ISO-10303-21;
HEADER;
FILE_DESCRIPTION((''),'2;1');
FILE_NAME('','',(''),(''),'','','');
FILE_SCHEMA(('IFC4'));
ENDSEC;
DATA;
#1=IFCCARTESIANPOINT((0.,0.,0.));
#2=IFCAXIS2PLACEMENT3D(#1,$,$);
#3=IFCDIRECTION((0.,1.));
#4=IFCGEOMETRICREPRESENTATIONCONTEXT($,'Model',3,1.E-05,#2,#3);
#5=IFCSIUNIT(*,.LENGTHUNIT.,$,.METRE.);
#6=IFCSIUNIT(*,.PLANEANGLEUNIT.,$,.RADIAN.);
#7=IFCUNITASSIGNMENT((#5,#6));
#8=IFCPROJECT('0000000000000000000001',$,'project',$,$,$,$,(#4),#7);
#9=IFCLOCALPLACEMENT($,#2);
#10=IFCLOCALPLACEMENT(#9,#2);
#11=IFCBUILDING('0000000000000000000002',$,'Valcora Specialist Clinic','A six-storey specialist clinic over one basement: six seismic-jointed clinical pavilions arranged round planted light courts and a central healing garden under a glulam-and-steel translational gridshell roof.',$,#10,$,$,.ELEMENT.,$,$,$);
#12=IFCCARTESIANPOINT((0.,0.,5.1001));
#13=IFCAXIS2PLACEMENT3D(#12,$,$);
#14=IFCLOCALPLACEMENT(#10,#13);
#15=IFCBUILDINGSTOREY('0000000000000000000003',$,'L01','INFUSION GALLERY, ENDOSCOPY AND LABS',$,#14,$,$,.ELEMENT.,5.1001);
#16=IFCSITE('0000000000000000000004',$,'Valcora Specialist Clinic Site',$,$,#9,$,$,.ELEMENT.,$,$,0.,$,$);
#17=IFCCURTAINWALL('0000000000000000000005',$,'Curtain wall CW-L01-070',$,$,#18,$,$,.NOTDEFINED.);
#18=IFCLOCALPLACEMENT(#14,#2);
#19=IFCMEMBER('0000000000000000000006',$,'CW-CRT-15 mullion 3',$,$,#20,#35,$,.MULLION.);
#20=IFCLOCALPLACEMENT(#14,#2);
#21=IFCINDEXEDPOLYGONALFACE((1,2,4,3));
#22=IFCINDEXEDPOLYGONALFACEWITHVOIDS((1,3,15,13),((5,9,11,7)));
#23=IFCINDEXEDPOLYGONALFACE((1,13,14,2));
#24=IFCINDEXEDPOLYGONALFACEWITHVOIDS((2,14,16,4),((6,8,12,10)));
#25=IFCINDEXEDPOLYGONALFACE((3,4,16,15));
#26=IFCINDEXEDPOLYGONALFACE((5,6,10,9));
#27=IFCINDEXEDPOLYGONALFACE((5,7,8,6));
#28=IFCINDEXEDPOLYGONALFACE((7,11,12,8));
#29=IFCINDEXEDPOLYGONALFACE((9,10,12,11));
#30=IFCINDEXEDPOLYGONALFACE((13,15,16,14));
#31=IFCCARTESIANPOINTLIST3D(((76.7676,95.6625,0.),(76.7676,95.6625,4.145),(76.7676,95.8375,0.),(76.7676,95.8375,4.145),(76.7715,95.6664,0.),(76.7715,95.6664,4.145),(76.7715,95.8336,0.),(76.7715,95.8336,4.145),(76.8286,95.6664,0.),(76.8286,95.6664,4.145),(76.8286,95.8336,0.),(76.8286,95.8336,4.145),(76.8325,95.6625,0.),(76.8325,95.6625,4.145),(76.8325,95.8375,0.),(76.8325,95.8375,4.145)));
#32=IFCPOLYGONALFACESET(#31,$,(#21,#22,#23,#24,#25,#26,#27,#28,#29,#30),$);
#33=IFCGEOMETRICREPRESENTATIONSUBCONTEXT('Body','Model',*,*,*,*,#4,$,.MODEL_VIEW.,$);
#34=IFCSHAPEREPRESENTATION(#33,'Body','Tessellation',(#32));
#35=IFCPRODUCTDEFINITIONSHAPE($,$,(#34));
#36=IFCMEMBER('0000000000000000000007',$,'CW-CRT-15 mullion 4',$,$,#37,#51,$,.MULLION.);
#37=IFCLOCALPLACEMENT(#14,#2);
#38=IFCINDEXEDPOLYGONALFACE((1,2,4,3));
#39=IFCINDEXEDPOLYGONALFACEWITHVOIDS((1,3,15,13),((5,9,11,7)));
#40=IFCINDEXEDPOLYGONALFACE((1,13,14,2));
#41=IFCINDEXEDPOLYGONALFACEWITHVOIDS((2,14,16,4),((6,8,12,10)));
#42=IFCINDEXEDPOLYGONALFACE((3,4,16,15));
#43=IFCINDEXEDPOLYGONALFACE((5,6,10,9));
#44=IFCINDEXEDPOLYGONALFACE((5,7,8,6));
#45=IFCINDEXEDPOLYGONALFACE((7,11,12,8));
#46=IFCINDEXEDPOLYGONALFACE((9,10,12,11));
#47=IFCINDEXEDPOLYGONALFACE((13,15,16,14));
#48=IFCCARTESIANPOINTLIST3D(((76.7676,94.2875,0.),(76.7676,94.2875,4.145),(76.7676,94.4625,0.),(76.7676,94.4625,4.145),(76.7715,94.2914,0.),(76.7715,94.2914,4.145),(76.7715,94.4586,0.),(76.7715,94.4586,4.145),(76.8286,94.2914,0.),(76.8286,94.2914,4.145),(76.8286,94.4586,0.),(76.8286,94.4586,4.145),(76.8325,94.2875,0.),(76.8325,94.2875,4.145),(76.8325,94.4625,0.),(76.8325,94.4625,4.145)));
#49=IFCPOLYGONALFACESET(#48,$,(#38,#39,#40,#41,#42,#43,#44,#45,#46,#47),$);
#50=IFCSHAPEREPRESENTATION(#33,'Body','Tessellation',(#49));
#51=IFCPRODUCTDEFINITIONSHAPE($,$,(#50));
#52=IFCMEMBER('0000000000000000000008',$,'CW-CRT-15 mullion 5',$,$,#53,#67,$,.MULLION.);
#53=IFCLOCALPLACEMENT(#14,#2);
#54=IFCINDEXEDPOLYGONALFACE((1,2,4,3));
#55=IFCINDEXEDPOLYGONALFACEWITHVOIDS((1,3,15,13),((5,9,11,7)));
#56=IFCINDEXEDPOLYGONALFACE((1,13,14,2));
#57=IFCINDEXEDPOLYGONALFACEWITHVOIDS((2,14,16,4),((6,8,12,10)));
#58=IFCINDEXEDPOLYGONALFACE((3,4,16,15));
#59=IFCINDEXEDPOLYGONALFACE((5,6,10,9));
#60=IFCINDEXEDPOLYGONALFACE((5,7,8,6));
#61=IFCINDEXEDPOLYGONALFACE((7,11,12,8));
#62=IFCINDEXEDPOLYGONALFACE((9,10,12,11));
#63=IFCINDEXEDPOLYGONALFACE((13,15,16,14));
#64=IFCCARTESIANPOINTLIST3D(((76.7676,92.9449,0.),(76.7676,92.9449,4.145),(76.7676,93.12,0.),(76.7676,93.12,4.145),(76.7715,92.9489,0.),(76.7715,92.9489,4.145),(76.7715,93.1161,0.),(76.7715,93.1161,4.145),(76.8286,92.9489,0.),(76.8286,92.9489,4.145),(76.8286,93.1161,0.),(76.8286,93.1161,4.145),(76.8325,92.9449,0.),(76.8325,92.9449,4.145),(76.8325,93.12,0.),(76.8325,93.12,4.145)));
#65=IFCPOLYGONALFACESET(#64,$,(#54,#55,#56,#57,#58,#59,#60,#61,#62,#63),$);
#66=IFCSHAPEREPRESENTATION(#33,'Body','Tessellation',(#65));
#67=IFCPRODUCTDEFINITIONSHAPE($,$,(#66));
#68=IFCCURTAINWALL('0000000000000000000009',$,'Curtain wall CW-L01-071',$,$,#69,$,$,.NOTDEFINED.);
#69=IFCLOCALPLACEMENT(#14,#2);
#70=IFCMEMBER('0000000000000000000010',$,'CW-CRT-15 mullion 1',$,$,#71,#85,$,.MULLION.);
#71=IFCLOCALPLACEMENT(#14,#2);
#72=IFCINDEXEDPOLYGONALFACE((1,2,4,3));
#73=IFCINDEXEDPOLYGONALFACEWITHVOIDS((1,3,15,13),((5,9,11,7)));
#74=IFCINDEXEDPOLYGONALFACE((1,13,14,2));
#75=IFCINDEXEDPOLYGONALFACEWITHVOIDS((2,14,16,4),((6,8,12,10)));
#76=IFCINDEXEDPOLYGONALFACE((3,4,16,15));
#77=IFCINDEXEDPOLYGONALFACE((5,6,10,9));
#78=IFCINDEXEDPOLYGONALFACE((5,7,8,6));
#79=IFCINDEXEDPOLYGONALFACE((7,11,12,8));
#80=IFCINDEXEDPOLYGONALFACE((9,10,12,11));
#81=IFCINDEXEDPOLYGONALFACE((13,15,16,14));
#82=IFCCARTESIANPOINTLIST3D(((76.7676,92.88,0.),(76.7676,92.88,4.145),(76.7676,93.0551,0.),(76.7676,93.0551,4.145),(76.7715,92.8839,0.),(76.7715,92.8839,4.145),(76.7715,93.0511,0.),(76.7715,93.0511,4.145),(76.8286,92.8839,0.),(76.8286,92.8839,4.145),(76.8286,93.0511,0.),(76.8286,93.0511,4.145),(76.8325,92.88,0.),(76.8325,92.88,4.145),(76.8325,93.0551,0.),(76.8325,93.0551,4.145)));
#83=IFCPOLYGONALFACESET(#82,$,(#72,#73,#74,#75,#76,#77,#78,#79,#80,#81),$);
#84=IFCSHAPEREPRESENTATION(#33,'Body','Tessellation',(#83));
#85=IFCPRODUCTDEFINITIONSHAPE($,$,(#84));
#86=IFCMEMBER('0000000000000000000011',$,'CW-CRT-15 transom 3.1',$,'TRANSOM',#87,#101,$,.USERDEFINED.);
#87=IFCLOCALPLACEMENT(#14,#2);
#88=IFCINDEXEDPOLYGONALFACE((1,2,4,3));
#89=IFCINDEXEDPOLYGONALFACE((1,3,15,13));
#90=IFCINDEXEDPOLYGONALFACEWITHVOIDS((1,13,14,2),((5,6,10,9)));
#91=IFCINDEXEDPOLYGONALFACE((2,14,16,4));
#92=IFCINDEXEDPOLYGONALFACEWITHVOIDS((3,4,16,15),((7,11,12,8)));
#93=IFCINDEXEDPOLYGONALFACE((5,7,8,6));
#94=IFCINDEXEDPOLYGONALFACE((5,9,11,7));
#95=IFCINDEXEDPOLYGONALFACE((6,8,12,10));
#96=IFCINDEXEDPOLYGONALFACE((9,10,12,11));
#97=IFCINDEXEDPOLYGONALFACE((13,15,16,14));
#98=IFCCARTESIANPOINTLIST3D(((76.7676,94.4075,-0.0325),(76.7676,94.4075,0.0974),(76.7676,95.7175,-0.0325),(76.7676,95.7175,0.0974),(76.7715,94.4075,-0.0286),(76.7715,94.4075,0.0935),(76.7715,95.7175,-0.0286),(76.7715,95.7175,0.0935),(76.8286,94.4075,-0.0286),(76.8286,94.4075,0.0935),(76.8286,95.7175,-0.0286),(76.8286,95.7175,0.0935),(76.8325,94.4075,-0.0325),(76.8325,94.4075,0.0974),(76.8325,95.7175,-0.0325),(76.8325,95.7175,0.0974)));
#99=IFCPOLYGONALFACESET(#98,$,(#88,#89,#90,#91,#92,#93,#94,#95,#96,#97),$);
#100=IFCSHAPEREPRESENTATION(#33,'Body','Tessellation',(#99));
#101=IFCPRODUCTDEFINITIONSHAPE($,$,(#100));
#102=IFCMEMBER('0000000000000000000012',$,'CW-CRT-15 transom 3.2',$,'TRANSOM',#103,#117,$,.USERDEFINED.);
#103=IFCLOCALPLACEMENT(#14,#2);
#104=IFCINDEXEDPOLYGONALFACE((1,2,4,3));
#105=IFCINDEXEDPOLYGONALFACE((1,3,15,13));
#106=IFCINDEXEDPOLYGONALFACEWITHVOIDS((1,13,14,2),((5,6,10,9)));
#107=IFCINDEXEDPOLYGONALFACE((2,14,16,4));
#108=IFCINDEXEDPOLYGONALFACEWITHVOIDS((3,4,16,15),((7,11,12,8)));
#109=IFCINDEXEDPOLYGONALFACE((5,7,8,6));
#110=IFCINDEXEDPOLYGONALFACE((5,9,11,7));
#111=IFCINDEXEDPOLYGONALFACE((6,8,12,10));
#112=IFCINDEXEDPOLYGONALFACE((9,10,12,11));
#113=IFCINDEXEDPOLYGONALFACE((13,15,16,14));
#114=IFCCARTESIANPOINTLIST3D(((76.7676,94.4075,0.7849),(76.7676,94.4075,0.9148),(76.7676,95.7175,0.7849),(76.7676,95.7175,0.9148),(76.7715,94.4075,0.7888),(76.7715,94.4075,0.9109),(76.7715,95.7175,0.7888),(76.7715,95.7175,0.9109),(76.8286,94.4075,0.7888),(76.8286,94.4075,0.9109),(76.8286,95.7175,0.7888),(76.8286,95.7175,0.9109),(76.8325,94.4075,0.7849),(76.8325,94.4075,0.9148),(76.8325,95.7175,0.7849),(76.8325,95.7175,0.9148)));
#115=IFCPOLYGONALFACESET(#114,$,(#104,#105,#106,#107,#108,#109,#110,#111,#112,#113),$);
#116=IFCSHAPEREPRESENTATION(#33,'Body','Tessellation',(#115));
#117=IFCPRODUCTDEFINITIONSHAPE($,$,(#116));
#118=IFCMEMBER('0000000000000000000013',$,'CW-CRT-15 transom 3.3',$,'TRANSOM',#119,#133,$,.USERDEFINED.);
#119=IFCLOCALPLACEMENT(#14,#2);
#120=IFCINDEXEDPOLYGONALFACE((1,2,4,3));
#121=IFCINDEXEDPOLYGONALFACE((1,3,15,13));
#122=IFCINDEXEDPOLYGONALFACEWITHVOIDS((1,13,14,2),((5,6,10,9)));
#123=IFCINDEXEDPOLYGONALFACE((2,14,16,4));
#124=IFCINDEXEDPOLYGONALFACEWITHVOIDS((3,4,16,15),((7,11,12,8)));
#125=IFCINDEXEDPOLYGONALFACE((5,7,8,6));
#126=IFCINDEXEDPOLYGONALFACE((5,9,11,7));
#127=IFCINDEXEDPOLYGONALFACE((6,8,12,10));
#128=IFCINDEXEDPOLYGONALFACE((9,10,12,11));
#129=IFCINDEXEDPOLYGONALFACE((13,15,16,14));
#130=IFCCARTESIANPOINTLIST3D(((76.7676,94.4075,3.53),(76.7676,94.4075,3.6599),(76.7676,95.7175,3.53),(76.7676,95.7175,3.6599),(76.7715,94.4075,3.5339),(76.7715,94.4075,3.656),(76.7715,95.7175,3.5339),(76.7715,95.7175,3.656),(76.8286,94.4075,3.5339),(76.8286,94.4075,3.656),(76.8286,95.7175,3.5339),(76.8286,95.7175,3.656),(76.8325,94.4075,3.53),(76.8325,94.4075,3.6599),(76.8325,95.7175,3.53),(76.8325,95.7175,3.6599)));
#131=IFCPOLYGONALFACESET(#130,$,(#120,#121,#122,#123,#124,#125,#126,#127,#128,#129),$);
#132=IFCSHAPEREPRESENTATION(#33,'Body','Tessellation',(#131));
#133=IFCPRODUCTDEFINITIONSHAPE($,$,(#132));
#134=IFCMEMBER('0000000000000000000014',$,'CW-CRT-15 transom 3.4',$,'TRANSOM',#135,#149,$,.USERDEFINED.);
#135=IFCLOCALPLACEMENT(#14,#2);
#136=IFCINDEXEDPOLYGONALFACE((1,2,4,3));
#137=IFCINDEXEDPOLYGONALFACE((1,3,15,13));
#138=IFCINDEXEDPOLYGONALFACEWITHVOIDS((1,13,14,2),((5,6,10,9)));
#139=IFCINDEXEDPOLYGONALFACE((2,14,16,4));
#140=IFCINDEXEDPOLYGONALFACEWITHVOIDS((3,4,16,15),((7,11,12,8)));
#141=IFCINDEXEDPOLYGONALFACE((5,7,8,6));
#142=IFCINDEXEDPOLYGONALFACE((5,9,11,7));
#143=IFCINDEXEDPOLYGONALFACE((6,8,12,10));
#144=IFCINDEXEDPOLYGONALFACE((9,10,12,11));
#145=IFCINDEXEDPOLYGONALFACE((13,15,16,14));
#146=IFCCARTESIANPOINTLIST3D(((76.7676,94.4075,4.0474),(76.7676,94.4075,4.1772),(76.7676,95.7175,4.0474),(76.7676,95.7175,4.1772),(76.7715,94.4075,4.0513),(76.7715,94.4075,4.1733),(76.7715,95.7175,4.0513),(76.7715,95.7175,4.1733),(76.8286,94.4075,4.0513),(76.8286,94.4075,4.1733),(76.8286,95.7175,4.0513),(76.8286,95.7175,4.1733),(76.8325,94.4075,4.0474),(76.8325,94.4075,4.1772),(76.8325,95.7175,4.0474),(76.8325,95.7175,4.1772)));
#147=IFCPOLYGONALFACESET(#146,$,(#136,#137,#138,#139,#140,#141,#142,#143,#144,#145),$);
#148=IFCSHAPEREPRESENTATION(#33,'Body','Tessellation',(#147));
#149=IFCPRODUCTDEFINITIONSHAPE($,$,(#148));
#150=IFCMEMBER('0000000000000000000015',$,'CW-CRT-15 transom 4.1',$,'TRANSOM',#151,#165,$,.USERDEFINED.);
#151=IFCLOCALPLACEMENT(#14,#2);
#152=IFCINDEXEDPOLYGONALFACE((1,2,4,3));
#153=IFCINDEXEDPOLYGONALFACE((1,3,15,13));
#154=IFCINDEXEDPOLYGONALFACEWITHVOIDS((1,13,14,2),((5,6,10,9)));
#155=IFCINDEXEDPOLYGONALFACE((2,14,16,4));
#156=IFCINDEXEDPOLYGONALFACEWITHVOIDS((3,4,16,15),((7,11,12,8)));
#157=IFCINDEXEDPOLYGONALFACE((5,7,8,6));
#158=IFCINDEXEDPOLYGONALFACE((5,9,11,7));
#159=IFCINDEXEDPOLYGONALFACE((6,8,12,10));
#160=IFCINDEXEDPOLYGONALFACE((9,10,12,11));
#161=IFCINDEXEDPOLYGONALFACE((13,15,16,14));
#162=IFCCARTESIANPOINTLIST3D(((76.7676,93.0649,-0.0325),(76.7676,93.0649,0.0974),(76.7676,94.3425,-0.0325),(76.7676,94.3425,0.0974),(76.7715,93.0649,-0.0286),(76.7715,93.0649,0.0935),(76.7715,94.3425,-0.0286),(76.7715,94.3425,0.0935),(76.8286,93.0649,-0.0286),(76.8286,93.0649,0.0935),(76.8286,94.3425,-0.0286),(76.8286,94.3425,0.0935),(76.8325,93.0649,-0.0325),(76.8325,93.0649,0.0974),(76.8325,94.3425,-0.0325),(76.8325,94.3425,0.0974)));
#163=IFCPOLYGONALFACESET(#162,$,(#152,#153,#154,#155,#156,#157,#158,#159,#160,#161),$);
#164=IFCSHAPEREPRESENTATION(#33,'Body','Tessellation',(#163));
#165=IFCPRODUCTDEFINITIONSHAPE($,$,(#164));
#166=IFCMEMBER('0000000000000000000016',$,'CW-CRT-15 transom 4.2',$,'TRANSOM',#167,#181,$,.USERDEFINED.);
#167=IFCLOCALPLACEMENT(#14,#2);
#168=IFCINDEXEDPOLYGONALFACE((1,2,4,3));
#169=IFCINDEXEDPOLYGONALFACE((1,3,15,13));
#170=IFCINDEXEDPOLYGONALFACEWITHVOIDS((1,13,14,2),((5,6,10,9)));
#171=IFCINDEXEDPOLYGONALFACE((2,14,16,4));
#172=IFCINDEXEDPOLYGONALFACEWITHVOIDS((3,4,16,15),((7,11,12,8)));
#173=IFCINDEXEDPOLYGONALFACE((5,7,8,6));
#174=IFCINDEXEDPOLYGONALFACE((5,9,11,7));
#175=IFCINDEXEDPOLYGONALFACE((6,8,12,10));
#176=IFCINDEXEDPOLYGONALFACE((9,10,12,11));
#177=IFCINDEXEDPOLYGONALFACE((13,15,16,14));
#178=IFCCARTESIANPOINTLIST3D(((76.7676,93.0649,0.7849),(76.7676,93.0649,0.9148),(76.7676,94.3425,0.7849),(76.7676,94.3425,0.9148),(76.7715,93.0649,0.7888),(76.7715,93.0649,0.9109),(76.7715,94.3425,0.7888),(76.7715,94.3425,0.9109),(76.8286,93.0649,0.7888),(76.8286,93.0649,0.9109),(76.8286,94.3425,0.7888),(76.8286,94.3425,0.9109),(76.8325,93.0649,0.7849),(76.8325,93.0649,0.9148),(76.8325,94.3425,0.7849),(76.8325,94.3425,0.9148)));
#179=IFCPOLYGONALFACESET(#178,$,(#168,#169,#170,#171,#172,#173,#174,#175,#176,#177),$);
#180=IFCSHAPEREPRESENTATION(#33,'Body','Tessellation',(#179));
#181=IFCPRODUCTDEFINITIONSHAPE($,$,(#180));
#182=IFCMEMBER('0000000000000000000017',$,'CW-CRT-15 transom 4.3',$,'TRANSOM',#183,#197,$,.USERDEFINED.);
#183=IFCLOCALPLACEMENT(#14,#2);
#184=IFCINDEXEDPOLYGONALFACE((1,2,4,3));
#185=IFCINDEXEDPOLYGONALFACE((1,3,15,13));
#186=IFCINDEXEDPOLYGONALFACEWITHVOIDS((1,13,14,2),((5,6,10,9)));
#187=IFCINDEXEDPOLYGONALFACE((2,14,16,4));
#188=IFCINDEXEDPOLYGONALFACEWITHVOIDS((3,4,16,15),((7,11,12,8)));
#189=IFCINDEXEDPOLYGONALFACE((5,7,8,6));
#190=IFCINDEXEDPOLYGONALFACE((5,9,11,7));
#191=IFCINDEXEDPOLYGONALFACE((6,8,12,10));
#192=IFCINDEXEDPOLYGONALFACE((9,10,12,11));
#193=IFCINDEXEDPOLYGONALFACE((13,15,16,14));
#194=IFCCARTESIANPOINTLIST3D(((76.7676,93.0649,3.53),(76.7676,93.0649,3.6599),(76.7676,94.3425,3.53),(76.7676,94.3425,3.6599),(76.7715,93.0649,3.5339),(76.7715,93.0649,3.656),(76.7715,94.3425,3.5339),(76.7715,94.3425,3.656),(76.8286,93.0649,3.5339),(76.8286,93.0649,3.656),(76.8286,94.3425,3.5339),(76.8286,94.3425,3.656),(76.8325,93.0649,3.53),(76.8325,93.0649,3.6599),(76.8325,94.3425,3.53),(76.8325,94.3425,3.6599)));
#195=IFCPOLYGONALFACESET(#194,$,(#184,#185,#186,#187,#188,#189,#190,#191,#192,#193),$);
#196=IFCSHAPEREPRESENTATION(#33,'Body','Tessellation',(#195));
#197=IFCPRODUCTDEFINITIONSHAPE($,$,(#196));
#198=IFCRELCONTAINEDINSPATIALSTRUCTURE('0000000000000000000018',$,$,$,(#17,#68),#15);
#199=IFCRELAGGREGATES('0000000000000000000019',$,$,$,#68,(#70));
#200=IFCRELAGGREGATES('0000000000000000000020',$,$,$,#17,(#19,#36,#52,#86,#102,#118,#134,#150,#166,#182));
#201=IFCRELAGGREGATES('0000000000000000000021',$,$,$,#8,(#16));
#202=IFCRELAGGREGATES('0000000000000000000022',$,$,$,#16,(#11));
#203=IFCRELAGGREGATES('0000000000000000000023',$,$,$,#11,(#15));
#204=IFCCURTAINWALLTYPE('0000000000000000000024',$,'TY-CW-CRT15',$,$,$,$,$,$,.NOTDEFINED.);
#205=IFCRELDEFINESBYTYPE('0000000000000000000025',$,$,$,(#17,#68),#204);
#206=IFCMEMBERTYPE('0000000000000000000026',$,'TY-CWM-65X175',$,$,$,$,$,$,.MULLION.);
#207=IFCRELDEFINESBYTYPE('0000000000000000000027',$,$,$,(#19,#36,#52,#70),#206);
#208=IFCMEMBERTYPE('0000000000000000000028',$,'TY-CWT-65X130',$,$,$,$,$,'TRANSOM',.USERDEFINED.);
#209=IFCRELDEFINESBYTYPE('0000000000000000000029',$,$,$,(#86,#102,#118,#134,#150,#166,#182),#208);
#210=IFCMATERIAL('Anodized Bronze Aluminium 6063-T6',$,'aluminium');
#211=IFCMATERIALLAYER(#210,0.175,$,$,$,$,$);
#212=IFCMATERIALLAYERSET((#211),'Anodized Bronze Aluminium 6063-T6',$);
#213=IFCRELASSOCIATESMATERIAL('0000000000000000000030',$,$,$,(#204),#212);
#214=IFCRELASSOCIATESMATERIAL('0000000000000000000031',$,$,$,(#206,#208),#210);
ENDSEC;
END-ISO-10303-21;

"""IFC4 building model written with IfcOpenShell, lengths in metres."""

from ifc_helpers import new_model, si_unit, direction, frame, origin, origin_2d, place, context, subcontext, project, spatial, hollow_rectangle, extrude, material, layer, layer_set, material_profile, profile_set, type_object, element, aggregate, save


model = new_model("IFC4")

# Units and contexts
model_context = context("Model", 3, precision=1e-05, world=origin(), true_north=direction((0.0, 1.0)))
body_context = subcontext(model_context, "Body", "Model", "MODEL_VIEW")
ifc_project = project(units=[si_unit("LENGTHUNIT", "METRE"), si_unit("PLANEANGLEUNIT", "RADIAN")], contexts=[model_context])

# Site, building, storey
site_placement = place(None, origin())
site = spatial("IfcSite", under=ifc_project, at=site_placement, Name="Valcora Specialist Clinic Site", CompositionType="ELEMENT", RefElevation=0.0)
building_placement = place(site_placement, origin())
building = spatial("IfcBuilding", under=site, at=building_placement, Name="Valcora Specialist Clinic", Description="A six-storey specialist clinic over one basement: six seismic-jointed clinical pavilions arranged round planted light courts and a central healing garden under a glulam-and-steel translational gridshell roof.", CompositionType="ELEMENT")
storey_placement = place(building_placement, frame((0.0, 0.0, 5.1001)))
storey = spatial("IfcBuildingStorey", under=building, at=storey_placement, Name="L01", Description="INFUSION GALLERY, ENDOSCOPY AND LABS", CompositionType="ELEMENT", Elevation=5.1001)

# Curtain wall, members
ifc_material_1 = material(Name="Anodized Bronze Aluminium 6063-T6", Category="aluminium")
ifc_layer_1 = layer(ifc_material_1, 0.175)
ifc_layer_set_1 = layer_set([ifc_layer_1], Name="Anodized Bronze Aluminium 6063-T6")
curtain_wall_type = type_object("IfcCurtainWallType", Name="TY-CW-CRT15", PredefinedType="NOTDEFINED", material=ifc_layer_set_1)
curtain_wall_1_placement = place(storey_placement, origin())
curtain_wall_1 = element("IfcCurtainWall", 1, at=curtain_wall_1_placement, inside=storey, type_object=curtain_wall_type, Name="Curtain wall CW-L01-070", PredefinedType="NOTDEFINED")
ifc_material_profile_1 = material_profile(ifc_material_1, hollow_rectangle(XDim=0.0649, YDim=0.175, WallThickness=0.0039, at=origin_2d()), Name="AL-MUL-65X175")
ifc_profile_set_1 = profile_set([ifc_material_profile_1], Name="Anodized Bronze Aluminium 6063-T6")
member_type_1 = type_object("IfcMemberType", Name="TY-CWM-65X175", PredefinedType="MULLION", material=ifc_profile_set_1)
member_1_placement = place(storey_placement, frame((76.8, 95.75, 0.0), z_axis=(0.0, 0.0, 1.0), x_axis=(1.0, 0.0, 0.0)))
member_1 = element("IfcMember", 2, at=member_1_placement, type_object=member_type_1, Name="CW-CRT-15 mullion 3", PredefinedType="MULLION", context=body_context, shape_type="SweptSolid", body=[
    extrude(hollow_rectangle(XDim=0.0649, YDim=0.175, WallThickness=0.0039, at=origin_2d()), origin(), (0.0, 0.0, 1.0), 4.145),
])
member_2_placement = place(storey_placement, frame((76.8, 94.375, 0.0), z_axis=(0.0, 0.0, 1.0), x_axis=(1.0, 0.0, 0.0)))
member_2 = element("IfcMember", 3, at=member_2_placement, type_object=member_type_1, Name="CW-CRT-15 mullion 4", PredefinedType="MULLION", context=body_context, shape_type="SweptSolid", body=[
    extrude(hollow_rectangle(XDim=0.0649, YDim=0.175, WallThickness=0.0039, at=origin_2d()), origin(), (0.0, 0.0, 1.0), 4.145),
])
member_3_placement = place(storey_placement, frame((76.8, 93.0325, 0.0), z_axis=(0.0, 0.0, 1.0), x_axis=(1.0, 0.0, 0.0)))
member_3 = element("IfcMember", 4, at=member_3_placement, type_object=member_type_1, Name="CW-CRT-15 mullion 5", PredefinedType="MULLION", context=body_context, shape_type="SweptSolid", body=[
    extrude(hollow_rectangle(XDim=0.0649, YDim=0.175, WallThickness=0.0039, at=origin_2d()), origin(), (0.0, 0.0, 1.0), 4.145),
])

# Curtain wall, member
curtain_wall_2_placement = place(storey_placement, origin())
curtain_wall_2 = element("IfcCurtainWall", 5, at=curtain_wall_2_placement, inside=storey, type_object=curtain_wall_type, Name="Curtain wall CW-L01-071", PredefinedType="NOTDEFINED")
member_4_placement = place(storey_placement, frame((76.8, 92.9675, 0.0), z_axis=(0.0, 0.0, 1.0), x_axis=(1.0, 0.0, 0.0)))
member_4 = element("IfcMember", 6, at=member_4_placement, type_object=member_type_1, Name="CW-CRT-15 mullion 1", PredefinedType="MULLION", context=body_context, shape_type="SweptSolid", body=[
    extrude(hollow_rectangle(XDim=0.0649, YDim=0.175, WallThickness=0.0039, at=origin_2d()), origin(), (0.0, 0.0, 1.0), 4.145),
])

# Members
ifc_material_profile_2 = material_profile(ifc_material_1, hollow_rectangle(XDim=0.0649, YDim=0.1299, WallThickness=0.0039, at=origin_2d()), Name="AL-TRN-65X130")
ifc_profile_set_2 = profile_set([ifc_material_profile_2], Name="Anodized Bronze Aluminium 6063-T6")
member_type_2 = type_object("IfcMemberType", Name="TY-CWT-65X130", ElementType="TRANSOM", PredefinedType="USERDEFINED", material=ifc_profile_set_2)
member_5_placement = place(storey_placement, frame((76.8, 95.7175, 0.0325), z_axis=(0.0, -1.0, 0.0), x_axis=(1.0, 0.0, 0.0)))
member_5 = element("IfcMember", 7, at=member_5_placement, type_object=member_type_2, Name="CW-CRT-15 transom 3.1", ObjectType="TRANSOM", PredefinedType="USERDEFINED", context=body_context, shape_type="SweptSolid", body=[
    extrude(hollow_rectangle(XDim=0.0649, YDim=0.1299, WallThickness=0.0039, at=origin_2d()), origin(), (0.0, 0.0, 1.0), 1.3101),
])
member_6_placement = place(storey_placement, frame((76.8, 95.7175, 0.8499), z_axis=(0.0, -1.0, 0.0), x_axis=(1.0, 0.0, 0.0)))
member_6 = element("IfcMember", 8, at=member_6_placement, type_object=member_type_2, Name="CW-CRT-15 transom 3.2", ObjectType="TRANSOM", PredefinedType="USERDEFINED", context=body_context, shape_type="SweptSolid", body=[
    extrude(hollow_rectangle(XDim=0.0649, YDim=0.1299, WallThickness=0.0039, at=origin_2d()), origin(), (0.0, 0.0, 1.0), 1.3101),
])
member_7_placement = place(storey_placement, frame((76.8, 95.7175, 3.595), z_axis=(0.0, -1.0, 0.0), x_axis=(1.0, 0.0, 0.0)))
member_7 = element("IfcMember", 9, at=member_7_placement, type_object=member_type_2, Name="CW-CRT-15 transom 3.3", ObjectType="TRANSOM", PredefinedType="USERDEFINED", context=body_context, shape_type="SweptSolid", body=[
    extrude(hollow_rectangle(XDim=0.0649, YDim=0.1299, WallThickness=0.0039, at=origin_2d()), origin(), (0.0, 0.0, 1.0), 1.3101),
])
member_8_placement = place(storey_placement, frame((76.8, 95.7175, 4.1123), z_axis=(0.0, -1.0, 0.0), x_axis=(1.0, 0.0, 0.0)))
member_8 = element("IfcMember", 10, at=member_8_placement, type_object=member_type_2, Name="CW-CRT-15 transom 3.4", ObjectType="TRANSOM", PredefinedType="USERDEFINED", context=body_context, shape_type="SweptSolid", body=[
    extrude(hollow_rectangle(XDim=0.0649, YDim=0.1299, WallThickness=0.0039, at=origin_2d()), origin(), (0.0, 0.0, 1.0), 1.3101),
])
member_9_placement = place(storey_placement, frame((76.8, 94.3425, 0.0325), z_axis=(0.0, -1.0, 0.0), x_axis=(1.0, 0.0, 0.0)))
member_9 = element("IfcMember", 11, at=member_9_placement, type_object=member_type_2, Name="CW-CRT-15 transom 4.1", ObjectType="TRANSOM", PredefinedType="USERDEFINED", context=body_context, shape_type="SweptSolid", body=[
    extrude(hollow_rectangle(XDim=0.0649, YDim=0.1299, WallThickness=0.0039, at=origin_2d()), origin(), (0.0, 0.0, 1.0), 1.2776),
])
member_10_placement = place(storey_placement, frame((76.8, 94.3425, 0.8499), z_axis=(0.0, -1.0, 0.0), x_axis=(1.0, 0.0, 0.0)))
member_10 = element("IfcMember", 12, at=member_10_placement, type_object=member_type_2, Name="CW-CRT-15 transom 4.2", ObjectType="TRANSOM", PredefinedType="USERDEFINED", context=body_context, shape_type="SweptSolid", body=[
    extrude(hollow_rectangle(XDim=0.0649, YDim=0.1299, WallThickness=0.0039, at=origin_2d()), origin(), (0.0, 0.0, 1.0), 1.2776),
])
member_11_placement = place(storey_placement, frame((76.8, 94.3425, 3.595), z_axis=(0.0, -1.0, 0.0), x_axis=(1.0, 0.0, 0.0)))
member_11 = element("IfcMember", 13, at=member_11_placement, type_object=member_type_2, Name="CW-CRT-15 transom 4.3", ObjectType="TRANSOM", PredefinedType="USERDEFINED", context=body_context, shape_type="SweptSolid", body=[
    extrude(hollow_rectangle(XDim=0.0649, YDim=0.1299, WallThickness=0.0039, at=origin_2d()), origin(), (0.0, 0.0, 1.0), 1.2776),
])
aggregate(curtain_wall_2, [member_4])

aggregate(curtain_wall_1, [member_1, member_2, member_3, member_5, member_6, member_7, member_8, member_9, member_10, member_11])

save(model, "model.ifc")
